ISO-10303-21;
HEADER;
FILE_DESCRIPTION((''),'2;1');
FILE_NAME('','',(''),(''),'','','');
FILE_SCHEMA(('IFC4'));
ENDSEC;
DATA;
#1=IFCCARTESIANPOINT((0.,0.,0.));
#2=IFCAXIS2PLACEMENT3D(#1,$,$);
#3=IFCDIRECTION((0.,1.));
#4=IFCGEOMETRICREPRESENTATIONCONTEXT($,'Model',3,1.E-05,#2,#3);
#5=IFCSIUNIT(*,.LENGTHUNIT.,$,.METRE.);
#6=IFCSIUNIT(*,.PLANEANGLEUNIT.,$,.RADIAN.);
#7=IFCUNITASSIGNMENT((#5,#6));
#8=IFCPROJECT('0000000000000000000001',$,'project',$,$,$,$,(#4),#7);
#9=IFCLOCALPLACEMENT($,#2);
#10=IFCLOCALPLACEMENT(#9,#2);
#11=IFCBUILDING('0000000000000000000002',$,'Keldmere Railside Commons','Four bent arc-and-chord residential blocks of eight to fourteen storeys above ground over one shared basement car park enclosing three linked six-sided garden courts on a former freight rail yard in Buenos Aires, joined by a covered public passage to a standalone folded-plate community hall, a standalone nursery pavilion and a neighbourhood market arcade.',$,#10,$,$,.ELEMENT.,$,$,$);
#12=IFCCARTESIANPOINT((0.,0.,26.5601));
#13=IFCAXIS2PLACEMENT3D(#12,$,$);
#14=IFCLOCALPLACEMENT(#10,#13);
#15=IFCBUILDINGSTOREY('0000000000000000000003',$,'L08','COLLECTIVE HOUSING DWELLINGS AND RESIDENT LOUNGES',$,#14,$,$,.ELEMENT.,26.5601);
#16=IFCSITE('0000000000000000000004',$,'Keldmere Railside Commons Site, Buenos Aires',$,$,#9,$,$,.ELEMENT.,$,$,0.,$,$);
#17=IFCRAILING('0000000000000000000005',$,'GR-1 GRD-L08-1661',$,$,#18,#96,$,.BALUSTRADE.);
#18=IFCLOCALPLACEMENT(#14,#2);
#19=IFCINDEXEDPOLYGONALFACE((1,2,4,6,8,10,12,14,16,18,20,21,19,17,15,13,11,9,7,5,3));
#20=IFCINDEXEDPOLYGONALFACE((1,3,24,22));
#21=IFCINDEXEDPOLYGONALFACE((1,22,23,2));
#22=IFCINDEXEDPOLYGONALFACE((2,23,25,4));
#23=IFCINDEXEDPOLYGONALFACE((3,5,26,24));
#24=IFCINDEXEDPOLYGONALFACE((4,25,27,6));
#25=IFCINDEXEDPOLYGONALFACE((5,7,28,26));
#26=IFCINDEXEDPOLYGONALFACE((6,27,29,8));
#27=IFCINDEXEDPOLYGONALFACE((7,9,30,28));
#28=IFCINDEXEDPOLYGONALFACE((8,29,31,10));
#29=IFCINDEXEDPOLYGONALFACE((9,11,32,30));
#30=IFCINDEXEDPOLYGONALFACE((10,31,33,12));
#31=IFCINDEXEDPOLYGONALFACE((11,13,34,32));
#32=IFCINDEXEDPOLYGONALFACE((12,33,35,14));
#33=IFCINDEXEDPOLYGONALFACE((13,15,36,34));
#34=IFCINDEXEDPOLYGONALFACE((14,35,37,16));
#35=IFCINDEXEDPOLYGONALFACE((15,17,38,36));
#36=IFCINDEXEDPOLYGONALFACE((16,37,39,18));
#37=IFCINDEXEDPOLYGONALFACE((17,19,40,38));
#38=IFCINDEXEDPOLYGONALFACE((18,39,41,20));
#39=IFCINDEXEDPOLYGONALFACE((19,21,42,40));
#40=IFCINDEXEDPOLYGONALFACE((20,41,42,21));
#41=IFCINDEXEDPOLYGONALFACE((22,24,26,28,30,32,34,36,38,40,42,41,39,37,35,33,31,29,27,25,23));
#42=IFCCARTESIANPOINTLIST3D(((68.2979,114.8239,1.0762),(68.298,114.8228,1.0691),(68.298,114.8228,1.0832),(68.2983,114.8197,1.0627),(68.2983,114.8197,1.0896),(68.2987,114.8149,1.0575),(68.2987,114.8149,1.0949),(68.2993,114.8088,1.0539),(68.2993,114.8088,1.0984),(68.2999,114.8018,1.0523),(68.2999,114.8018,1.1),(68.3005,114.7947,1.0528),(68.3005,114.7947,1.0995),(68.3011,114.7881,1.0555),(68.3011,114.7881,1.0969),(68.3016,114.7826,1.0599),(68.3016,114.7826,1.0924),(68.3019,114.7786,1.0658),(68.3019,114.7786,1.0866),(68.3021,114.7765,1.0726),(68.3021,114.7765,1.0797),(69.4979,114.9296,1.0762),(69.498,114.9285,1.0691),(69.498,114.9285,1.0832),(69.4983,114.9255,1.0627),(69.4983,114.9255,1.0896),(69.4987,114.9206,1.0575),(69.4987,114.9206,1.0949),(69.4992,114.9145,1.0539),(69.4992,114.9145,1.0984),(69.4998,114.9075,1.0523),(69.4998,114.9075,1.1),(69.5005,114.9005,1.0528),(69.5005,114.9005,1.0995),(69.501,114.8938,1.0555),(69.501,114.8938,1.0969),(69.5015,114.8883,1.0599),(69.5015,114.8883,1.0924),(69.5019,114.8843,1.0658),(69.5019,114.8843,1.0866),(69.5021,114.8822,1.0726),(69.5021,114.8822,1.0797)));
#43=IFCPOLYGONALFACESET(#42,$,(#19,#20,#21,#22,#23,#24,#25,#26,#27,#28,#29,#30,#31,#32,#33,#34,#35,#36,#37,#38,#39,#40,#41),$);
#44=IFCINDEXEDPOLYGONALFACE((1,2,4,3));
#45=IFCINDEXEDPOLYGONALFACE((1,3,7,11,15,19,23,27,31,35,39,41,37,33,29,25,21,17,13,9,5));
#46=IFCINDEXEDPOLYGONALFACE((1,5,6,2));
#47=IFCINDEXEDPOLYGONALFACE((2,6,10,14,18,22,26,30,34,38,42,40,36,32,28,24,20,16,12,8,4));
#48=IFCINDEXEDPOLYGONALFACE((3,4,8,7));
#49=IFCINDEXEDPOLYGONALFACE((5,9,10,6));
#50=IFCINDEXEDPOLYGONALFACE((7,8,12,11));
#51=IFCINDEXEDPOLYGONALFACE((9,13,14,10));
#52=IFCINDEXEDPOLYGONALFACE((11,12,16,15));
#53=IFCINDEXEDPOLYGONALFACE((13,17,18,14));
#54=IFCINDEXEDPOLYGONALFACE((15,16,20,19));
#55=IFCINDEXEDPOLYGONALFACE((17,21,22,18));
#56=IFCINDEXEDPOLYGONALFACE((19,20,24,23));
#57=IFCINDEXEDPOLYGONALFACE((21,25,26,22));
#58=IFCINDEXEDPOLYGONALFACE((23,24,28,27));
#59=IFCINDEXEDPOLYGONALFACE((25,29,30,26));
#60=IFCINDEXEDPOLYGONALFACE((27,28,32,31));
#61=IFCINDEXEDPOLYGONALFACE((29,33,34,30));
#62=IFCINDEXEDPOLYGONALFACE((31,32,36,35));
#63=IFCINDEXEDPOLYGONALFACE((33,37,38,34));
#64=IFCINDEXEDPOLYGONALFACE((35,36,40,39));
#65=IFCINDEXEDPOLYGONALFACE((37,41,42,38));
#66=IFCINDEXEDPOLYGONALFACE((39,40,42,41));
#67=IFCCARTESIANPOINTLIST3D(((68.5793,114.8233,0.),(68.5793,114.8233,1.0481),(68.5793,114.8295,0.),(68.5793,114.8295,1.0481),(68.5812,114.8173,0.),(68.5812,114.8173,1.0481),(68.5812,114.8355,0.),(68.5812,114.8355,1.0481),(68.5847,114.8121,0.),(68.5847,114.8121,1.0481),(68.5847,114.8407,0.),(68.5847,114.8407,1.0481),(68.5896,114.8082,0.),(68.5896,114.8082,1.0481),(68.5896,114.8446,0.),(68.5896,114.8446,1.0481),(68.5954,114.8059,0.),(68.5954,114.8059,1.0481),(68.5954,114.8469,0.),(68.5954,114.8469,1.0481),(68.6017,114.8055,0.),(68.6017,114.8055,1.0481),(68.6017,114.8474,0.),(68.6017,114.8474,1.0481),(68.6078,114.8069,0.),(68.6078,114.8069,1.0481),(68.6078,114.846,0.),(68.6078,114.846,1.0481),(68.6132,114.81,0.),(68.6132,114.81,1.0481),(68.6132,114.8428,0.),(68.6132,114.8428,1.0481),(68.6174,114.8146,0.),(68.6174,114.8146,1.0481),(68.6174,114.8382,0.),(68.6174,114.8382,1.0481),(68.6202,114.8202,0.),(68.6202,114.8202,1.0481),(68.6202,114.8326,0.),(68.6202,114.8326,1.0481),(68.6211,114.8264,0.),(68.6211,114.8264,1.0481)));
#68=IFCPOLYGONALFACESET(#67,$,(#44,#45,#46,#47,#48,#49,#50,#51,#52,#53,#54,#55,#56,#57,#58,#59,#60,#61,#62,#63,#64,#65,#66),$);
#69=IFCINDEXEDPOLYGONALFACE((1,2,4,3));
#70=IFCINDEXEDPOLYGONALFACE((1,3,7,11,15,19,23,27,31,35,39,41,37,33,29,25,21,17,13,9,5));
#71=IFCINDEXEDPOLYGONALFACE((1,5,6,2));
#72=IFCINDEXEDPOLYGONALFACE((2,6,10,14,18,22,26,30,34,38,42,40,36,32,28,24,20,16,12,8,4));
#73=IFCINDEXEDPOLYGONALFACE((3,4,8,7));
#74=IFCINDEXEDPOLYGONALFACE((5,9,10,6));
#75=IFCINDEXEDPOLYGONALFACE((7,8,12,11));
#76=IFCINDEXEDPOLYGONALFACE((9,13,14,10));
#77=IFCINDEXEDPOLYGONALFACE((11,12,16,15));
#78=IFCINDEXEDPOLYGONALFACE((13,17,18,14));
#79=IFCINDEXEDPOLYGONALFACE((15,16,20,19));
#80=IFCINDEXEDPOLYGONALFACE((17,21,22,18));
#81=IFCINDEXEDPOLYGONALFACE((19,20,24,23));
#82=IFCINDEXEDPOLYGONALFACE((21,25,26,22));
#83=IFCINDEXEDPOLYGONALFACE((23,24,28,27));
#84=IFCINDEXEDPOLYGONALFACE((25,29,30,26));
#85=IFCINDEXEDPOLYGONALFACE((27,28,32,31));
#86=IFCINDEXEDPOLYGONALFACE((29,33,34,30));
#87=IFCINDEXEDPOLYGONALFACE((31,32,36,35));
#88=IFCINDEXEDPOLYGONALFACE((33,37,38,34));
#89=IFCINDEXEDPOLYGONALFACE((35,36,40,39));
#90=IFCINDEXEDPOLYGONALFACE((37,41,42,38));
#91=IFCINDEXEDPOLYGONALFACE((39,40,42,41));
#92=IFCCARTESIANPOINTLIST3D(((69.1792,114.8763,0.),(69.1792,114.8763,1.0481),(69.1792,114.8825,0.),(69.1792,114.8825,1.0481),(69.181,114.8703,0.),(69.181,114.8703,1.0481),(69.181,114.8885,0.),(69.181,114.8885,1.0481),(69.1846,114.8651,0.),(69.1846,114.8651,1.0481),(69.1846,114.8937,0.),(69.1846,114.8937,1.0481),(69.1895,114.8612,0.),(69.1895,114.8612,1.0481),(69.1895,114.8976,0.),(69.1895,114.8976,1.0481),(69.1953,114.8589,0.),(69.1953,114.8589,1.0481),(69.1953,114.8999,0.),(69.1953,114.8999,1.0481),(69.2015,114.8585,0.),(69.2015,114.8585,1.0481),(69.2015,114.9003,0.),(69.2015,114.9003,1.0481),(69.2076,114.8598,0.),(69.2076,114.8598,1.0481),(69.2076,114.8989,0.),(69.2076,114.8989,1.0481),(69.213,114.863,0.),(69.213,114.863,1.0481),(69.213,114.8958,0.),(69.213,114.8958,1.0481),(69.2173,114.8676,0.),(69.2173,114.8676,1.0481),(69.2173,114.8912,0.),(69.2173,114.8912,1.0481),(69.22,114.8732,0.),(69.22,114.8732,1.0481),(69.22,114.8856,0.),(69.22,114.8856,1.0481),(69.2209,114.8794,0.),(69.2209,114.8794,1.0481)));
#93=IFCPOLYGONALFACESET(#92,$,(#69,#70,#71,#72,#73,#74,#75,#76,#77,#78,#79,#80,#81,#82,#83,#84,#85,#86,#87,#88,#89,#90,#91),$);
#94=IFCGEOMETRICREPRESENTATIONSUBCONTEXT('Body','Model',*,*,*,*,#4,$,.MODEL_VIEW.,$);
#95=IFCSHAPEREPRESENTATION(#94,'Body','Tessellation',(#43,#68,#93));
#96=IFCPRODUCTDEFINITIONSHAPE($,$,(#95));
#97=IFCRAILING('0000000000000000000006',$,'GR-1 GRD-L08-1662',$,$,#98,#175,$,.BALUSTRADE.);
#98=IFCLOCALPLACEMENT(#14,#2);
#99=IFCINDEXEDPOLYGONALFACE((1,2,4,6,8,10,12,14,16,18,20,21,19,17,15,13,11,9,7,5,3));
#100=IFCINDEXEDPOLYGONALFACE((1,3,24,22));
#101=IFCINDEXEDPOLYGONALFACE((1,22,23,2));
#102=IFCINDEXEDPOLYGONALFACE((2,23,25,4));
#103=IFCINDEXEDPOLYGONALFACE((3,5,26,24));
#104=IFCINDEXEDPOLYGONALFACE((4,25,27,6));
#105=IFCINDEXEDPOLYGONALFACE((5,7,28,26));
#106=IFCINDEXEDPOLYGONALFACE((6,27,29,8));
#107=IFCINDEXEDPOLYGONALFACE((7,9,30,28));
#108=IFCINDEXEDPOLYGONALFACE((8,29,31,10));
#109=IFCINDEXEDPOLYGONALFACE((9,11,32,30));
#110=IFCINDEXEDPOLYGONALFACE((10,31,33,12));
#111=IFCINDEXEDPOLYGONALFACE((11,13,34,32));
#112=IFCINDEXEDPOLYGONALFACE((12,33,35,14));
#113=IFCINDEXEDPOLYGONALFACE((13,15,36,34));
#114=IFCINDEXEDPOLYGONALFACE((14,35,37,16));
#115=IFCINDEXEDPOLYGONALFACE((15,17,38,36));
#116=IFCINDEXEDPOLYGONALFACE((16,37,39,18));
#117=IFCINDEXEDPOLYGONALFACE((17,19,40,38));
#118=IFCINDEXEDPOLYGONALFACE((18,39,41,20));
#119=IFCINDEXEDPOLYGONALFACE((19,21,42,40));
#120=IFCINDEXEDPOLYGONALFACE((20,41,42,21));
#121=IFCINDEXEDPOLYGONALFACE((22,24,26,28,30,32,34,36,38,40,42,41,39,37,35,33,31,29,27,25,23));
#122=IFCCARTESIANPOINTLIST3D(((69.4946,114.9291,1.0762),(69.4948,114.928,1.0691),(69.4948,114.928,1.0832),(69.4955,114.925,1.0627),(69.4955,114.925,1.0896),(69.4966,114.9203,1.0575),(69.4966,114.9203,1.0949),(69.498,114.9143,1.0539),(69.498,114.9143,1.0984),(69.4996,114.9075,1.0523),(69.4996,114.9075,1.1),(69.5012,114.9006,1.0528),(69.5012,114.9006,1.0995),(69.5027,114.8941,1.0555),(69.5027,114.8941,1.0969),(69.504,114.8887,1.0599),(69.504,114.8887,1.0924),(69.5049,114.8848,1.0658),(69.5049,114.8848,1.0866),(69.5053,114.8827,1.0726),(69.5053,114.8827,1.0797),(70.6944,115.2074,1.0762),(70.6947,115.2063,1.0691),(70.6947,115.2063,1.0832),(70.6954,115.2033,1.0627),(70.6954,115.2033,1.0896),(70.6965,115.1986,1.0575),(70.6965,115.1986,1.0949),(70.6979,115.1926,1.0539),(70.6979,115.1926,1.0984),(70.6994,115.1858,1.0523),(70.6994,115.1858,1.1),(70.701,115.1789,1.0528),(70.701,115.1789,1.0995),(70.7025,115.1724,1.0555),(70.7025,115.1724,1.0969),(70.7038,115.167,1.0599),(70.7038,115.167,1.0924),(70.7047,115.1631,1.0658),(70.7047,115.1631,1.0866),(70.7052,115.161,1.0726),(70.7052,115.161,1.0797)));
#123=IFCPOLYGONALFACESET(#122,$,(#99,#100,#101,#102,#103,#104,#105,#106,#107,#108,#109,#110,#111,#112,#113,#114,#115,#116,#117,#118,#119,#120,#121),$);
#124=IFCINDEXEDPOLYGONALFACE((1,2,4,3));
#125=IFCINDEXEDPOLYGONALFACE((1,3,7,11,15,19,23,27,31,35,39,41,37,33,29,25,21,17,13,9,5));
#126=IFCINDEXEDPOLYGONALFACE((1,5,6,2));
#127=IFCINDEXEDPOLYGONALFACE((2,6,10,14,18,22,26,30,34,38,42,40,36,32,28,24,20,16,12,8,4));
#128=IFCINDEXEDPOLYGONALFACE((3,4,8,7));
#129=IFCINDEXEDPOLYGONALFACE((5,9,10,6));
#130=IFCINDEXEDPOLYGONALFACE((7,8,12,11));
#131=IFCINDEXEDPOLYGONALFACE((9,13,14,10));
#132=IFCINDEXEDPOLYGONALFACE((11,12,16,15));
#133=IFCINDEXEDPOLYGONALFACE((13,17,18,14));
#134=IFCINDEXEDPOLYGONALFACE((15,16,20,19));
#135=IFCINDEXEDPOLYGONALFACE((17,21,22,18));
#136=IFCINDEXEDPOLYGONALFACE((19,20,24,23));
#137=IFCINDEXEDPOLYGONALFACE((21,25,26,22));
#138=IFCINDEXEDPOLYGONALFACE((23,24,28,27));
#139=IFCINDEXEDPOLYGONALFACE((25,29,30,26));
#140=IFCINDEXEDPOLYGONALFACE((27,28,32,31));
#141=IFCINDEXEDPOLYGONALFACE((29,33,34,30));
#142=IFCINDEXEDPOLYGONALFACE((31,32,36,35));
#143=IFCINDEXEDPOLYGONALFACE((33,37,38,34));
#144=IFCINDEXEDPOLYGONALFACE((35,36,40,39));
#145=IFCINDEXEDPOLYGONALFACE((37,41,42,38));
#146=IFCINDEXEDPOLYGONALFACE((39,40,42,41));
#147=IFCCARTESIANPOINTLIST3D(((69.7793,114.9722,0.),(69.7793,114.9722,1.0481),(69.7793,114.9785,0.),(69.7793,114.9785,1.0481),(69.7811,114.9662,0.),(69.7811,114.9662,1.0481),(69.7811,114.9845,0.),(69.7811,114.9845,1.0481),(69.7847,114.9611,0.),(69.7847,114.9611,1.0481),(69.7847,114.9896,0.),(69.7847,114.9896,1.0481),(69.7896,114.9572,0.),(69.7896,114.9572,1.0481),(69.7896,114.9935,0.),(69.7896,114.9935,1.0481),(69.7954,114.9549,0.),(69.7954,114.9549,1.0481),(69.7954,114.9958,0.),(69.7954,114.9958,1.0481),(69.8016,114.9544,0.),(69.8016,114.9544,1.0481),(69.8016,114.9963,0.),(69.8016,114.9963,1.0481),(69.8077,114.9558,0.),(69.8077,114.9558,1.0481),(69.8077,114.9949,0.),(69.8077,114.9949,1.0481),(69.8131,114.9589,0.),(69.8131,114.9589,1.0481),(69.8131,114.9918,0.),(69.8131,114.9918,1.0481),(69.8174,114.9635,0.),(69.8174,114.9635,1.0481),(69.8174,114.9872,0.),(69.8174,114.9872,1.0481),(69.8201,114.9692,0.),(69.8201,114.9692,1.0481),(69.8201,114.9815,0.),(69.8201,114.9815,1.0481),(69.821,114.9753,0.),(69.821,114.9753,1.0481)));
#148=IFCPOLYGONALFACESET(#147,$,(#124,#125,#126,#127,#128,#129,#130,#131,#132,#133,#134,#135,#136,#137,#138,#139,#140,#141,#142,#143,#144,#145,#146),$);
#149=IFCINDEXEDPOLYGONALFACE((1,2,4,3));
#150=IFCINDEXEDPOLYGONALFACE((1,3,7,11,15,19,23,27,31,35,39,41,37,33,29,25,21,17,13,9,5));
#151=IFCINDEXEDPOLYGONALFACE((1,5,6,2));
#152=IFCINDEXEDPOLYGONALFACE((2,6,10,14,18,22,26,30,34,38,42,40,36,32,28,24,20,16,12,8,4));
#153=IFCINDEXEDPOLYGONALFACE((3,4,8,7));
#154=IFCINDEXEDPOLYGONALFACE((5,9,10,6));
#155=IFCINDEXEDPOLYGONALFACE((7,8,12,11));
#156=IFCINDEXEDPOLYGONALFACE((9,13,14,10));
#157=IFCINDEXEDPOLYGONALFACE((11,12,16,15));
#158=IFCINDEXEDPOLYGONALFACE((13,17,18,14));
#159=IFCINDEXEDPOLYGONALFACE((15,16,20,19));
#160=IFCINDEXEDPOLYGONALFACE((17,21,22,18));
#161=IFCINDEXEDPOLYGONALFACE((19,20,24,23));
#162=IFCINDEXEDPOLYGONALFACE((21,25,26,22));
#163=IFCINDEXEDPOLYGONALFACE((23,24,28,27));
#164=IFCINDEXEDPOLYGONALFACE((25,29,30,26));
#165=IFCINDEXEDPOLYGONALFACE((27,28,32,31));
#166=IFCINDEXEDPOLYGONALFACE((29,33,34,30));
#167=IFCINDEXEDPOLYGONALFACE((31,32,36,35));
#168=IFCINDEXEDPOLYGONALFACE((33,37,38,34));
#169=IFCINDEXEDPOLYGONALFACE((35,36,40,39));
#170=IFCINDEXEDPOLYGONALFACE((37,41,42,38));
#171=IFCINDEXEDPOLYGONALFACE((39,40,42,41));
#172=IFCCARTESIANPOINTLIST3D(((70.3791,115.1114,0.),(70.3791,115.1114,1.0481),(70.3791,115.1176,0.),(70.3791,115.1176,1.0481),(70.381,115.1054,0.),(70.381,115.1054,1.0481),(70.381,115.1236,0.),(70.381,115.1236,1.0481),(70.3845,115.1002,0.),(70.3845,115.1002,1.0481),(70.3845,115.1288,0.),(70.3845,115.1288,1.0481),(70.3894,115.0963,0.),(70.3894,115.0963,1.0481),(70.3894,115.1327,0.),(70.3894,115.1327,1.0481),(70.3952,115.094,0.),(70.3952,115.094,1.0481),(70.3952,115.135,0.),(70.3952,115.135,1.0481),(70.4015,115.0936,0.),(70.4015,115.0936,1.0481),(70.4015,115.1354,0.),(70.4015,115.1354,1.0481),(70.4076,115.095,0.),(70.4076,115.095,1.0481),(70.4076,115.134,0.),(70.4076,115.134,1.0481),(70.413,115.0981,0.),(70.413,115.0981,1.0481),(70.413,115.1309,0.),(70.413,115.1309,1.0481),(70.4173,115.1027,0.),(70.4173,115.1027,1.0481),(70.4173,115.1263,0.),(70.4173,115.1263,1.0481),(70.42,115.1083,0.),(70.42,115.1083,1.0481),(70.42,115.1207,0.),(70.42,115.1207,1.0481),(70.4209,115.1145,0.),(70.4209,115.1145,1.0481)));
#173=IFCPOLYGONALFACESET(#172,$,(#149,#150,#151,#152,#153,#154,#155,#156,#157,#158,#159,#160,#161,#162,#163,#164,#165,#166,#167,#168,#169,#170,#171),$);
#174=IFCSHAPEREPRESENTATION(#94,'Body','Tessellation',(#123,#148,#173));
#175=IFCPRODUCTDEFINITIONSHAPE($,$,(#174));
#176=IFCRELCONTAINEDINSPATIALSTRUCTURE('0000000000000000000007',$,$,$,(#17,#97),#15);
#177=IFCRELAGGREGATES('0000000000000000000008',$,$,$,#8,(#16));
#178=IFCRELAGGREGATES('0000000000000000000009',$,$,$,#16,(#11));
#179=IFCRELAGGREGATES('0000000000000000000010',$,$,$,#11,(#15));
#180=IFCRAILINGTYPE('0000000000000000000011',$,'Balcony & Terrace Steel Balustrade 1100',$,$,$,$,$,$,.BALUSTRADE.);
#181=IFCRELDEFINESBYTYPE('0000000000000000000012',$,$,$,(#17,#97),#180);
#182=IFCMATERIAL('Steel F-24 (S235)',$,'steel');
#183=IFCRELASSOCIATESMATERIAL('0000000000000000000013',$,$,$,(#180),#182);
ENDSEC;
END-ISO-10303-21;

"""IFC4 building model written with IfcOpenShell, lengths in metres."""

from ifc_helpers import new_model, si_unit, direction, frame, origin, origin_2d, place, context, subcontext, project, spatial, circle, extrude, material, type_object, element, save


model = new_model("IFC4")

# Units and contexts
model_context = context("Model", 3, precision=1e-05, world=origin(), true_north=direction((0.0, 1.0)))
body_context = subcontext(model_context, "Body", "Model", "MODEL_VIEW")
ifc_project = project(units=[si_unit("LENGTHUNIT", "METRE"), si_unit("PLANEANGLEUNIT", "RADIAN")], contexts=[model_context])

# Site, building, storey
site_placement = place(None, origin())
site = spatial("IfcSite", under=ifc_project, at=site_placement, Name="Keldmere Railside Commons Site, Buenos Aires", CompositionType="ELEMENT", RefElevation=0.0)
building_placement = place(site_placement, origin())
building = spatial("IfcBuilding", under=site, at=building_placement, Name="Keldmere Railside Commons", Description="Four bent arc-and-chord residential blocks of eight to fourteen storeys above ground over one shared basement car park enclosing three linked six-sided garden courts on a former freight rail yard in Buenos Aires, joined by a covered public passage to a standalone folded-plate community hall, a standalone nursery pavilion and a neighbourhood market arcade.", CompositionType="ELEMENT")
storey_placement = place(building_placement, frame((0.0, 0.0, 26.5601)))
storey = spatial("IfcBuildingStorey", under=building, at=storey_placement, Name="L08", Description="COLLECTIVE HOUSING DWELLINGS AND RESIDENT LOUNGES", CompositionType="ELEMENT", Elevation=26.5601)

# Railings
ifc_material_1 = material(Name="Steel F-24 (S235)", Category="steel")
railing_type = type_object("IfcRailingType", Name="Balcony & Terrace Steel Balustrade 1100", PredefinedType="BALUSTRADE", material=ifc_material_1)
railing_1_placement = place(storey_placement, frame((68.3, 114.8, 0.0)))
element("IfcRailing", 1, at=railing_1_placement, inside=storey, type_object=railing_type, Name="GR-1 GRD-L08-1661", PredefinedType="BALUSTRADE", context=body_context, shape_type="SweptSolid", body=[
    extrude(circle(Radius=0.0239, at=origin_2d()), frame((0.0, 0.0, 1.0762), z_axis=(0.996142, 0.087758, 0.0), x_axis=(-0.087758, 0.996142, 0.0)), (0.0, 0.0, 1.0), 1.2046),
    extrude(circle(Radius=0.021, at=origin_2d()), frame((0.3, 0.0264, 0.0)), (0.0, 0.0, 1.0), 1.0481),
    extrude(circle(Radius=0.021, at=origin_2d()), frame((0.8999, 0.0793, 0.0)), (0.0, 0.0, 1.0), 1.0481),
])
railing_2_placement = place(storey_placement, frame((69.5, 114.9058, 0.0)))
element("IfcRailing", 2, at=railing_2_placement, inside=storey, type_object=railing_type, Name="GR-1 GRD-L08-1662", PredefinedType="BALUSTRADE", context=body_context, shape_type="SweptSolid", body=[
    extrude(circle(Radius=0.0239, at=origin_2d()), frame((0.0, 0.0, 1.0762), z_axis=(0.97414, 0.225945, 0.0), x_axis=(-0.225945, 0.97414, 0.0)), (0.0, 0.0, 1.0), 1.2317),
    extrude(circle(Radius=0.021, at=origin_2d()), frame((0.3, 0.0696, 0.0)), (0.0, 0.0, 1.0), 1.0481),
    extrude(circle(Radius=0.021, at=origin_2d()), frame((0.8999, 0.2087, 0.0)), (0.0, 0.0, 1.0), 1.0481),
])

save(model, "model.ifc")
